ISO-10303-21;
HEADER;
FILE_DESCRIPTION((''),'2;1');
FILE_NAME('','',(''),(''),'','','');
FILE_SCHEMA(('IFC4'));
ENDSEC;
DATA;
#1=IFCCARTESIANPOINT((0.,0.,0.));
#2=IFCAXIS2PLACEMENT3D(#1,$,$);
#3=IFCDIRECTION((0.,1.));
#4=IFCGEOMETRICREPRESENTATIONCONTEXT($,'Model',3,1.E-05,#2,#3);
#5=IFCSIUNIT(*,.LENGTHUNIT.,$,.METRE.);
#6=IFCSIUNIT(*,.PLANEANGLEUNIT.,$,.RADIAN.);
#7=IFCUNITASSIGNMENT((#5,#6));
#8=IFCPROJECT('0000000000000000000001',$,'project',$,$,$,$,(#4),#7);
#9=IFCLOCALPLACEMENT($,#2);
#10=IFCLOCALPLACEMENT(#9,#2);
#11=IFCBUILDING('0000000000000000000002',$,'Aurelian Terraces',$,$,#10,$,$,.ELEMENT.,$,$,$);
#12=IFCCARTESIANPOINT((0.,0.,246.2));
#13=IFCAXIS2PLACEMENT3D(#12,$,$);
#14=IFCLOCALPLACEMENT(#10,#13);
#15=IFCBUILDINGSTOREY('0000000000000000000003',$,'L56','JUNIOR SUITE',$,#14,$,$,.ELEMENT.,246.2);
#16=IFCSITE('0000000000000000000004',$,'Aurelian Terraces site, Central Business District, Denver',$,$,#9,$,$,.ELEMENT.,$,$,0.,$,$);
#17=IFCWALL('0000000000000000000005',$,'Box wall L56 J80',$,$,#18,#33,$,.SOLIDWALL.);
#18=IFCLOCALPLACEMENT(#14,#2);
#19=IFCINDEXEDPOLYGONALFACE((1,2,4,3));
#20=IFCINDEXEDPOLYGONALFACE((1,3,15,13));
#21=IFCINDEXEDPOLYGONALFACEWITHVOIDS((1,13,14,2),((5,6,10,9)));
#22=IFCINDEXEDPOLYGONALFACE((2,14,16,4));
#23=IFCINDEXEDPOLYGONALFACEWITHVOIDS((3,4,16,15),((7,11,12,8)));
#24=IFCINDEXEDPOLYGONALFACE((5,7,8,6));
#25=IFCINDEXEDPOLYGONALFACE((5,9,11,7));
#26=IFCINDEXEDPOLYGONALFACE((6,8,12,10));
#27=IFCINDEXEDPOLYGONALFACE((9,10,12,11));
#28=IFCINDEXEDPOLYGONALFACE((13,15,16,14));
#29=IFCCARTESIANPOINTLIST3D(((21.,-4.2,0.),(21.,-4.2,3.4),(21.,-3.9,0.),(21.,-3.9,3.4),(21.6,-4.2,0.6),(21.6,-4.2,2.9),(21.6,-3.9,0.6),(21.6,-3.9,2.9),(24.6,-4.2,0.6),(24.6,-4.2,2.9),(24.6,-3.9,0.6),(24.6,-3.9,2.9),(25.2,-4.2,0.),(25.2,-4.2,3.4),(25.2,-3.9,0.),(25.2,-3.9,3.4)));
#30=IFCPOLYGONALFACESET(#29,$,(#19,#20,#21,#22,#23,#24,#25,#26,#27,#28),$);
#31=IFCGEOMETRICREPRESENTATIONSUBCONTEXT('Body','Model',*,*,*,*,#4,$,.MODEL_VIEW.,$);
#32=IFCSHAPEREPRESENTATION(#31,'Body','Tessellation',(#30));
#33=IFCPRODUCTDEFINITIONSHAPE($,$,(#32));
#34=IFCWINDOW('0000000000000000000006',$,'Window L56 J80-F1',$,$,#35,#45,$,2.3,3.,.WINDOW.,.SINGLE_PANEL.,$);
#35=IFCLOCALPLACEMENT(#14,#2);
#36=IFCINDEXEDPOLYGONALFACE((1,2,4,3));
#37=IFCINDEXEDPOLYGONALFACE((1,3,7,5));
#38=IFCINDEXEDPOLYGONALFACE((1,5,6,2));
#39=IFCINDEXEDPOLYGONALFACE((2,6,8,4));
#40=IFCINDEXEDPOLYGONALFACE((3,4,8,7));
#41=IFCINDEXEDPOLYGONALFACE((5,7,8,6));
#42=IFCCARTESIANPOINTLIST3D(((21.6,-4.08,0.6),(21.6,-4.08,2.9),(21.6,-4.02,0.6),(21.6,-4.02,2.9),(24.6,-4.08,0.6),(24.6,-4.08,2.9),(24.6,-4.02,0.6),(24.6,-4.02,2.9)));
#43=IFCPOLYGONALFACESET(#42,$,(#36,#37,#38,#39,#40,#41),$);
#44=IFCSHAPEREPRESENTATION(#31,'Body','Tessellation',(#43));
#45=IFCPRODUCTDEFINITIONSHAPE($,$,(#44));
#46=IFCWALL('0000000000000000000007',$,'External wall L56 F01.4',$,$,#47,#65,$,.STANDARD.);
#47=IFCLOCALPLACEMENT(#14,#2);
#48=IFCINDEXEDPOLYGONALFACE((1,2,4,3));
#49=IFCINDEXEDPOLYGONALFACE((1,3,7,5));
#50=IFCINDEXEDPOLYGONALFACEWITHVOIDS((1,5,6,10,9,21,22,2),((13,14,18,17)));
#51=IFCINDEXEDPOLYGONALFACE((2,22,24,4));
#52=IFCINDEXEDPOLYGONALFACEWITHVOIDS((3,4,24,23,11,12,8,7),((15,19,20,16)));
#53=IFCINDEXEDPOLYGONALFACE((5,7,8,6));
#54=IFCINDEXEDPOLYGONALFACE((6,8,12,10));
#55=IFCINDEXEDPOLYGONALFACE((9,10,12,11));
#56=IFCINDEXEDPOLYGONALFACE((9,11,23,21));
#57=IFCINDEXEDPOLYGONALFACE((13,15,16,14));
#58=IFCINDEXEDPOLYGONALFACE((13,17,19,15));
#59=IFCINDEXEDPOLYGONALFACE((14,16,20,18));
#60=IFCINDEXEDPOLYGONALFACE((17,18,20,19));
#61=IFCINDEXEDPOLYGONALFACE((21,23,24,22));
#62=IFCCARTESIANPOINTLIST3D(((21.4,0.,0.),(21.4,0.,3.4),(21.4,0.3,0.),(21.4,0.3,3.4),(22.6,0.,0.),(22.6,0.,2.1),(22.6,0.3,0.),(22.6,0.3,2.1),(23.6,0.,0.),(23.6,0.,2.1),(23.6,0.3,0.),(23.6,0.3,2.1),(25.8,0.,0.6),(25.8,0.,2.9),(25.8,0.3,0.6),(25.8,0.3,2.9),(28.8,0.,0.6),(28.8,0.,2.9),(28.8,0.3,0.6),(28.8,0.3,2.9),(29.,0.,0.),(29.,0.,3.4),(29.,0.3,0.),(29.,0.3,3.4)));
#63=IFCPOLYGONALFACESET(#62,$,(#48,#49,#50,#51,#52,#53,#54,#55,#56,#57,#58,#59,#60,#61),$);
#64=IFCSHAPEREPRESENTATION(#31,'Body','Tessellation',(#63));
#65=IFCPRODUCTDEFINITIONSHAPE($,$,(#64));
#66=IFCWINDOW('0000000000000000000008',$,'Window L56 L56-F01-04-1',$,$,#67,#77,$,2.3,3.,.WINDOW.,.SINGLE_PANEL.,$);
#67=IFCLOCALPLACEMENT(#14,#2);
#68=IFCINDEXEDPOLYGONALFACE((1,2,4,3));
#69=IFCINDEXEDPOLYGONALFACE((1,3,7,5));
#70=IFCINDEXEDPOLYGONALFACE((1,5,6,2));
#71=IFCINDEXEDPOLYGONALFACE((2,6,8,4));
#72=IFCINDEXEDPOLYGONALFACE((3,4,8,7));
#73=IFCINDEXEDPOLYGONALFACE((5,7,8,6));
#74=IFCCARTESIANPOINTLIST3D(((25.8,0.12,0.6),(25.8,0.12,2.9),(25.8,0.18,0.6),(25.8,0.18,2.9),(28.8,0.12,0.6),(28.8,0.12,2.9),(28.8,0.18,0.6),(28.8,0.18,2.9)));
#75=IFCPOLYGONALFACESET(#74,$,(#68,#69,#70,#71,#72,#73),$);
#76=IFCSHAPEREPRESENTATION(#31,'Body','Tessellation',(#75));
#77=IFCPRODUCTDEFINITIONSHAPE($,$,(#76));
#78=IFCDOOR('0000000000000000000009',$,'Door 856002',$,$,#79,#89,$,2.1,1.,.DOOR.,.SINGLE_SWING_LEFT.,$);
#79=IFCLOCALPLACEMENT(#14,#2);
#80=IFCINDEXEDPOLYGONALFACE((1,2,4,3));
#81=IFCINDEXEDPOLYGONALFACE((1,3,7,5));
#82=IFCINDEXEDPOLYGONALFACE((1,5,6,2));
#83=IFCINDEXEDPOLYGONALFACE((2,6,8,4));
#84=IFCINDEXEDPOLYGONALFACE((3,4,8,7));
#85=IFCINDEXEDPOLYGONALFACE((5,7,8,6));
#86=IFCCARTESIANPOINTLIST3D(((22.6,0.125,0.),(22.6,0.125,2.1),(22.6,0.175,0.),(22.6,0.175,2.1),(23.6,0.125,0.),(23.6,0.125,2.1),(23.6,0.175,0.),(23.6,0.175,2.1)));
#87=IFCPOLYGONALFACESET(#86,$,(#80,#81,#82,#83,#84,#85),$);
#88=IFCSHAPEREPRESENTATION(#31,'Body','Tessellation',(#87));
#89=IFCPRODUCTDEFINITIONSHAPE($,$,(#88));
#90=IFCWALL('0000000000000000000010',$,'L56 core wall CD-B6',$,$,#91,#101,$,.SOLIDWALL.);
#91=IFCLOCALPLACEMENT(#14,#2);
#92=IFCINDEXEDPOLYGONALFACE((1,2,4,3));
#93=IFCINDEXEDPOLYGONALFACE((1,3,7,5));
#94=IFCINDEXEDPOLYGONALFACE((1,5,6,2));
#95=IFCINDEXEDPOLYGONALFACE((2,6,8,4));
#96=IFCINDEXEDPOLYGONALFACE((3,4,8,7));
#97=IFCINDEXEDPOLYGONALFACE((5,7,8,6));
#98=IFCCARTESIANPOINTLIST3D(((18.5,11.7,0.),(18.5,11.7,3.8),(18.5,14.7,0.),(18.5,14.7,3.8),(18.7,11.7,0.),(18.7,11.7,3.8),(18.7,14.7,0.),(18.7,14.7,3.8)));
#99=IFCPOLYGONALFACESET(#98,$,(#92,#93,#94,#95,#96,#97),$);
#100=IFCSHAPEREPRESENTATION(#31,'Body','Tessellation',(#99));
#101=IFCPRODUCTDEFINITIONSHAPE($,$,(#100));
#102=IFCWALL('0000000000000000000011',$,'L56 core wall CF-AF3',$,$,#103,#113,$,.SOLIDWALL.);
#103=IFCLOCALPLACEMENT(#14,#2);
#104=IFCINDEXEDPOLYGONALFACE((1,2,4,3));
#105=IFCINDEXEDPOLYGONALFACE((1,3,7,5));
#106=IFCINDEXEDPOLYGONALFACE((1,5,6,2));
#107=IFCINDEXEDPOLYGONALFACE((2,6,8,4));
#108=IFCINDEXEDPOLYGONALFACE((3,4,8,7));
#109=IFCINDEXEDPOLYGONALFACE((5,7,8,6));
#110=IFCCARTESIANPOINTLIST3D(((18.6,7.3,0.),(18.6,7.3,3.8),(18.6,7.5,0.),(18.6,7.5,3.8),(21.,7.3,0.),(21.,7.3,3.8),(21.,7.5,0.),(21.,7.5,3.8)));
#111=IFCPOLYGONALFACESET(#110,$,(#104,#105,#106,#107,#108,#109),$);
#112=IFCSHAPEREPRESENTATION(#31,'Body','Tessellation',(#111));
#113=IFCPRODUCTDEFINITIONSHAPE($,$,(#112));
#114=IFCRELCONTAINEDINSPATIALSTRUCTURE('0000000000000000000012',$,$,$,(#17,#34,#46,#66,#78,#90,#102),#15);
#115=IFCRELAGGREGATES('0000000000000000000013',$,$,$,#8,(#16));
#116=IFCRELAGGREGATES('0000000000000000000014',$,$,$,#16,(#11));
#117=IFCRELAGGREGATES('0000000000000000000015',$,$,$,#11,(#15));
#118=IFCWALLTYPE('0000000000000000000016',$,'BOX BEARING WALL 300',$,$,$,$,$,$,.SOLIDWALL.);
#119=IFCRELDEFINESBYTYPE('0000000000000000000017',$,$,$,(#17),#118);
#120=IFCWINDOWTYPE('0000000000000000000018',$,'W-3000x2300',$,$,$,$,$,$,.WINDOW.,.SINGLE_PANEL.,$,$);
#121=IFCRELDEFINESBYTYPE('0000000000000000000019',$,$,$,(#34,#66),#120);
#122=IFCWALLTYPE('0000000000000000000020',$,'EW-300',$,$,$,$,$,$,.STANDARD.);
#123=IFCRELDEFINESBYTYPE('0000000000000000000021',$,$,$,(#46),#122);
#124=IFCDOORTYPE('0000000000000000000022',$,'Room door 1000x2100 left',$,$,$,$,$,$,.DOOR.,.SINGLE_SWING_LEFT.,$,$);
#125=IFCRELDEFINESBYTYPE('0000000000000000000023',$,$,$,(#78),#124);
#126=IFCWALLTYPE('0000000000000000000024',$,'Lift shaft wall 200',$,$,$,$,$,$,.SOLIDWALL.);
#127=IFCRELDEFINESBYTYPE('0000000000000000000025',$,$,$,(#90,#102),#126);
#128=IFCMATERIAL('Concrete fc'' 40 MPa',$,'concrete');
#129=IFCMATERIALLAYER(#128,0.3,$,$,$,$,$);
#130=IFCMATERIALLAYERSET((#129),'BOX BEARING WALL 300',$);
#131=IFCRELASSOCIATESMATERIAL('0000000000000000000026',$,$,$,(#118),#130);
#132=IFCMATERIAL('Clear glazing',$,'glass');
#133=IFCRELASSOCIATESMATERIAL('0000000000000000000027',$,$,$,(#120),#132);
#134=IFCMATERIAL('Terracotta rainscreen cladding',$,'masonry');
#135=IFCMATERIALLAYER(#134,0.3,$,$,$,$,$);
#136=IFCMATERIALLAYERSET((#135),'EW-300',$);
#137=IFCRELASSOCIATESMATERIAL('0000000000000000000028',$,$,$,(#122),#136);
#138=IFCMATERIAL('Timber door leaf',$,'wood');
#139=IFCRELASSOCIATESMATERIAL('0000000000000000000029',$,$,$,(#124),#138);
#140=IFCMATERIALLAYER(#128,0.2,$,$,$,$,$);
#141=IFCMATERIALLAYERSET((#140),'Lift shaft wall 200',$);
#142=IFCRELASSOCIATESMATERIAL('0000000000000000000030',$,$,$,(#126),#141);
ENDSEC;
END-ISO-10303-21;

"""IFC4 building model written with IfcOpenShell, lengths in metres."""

from ifc_helpers import new_model, si_unit, direction, frame, frame_2d, origin, place, context, subcontext, project, spatial, rectangle, extrude, source, transform, mapped, material, layer, layer_set, type_object, element, fill, save


model = new_model("IFC4")

# Units and contexts
model_context = context("Model", 3, precision=1e-05, world=origin(), true_north=direction((0.0, 1.0)))
body_context = subcontext(model_context, "Body", "Model", "MODEL_VIEW")
ifc_project = project(units=[si_unit("LENGTHUNIT", "METRE"), si_unit("PLANEANGLEUNIT", "RADIAN")], contexts=[model_context])

# Site, building, storey
site_placement = place(None, origin())
site = spatial("IfcSite", under=ifc_project, at=site_placement, Name="Aurelian Terraces site, Central Business District, Denver", CompositionType="ELEMENT", RefElevation=0.0)
building_placement = place(site_placement, origin())
building = spatial("IfcBuilding", under=site, at=building_placement, Name="Aurelian Terraces", CompositionType="ELEMENT")
storey_placement = place(building_placement, frame((0.0, 0.0, 246.2)))
storey = spatial("IfcBuildingStorey", under=building, at=storey_placement, Name="L56", Description="JUNIOR SUITE", CompositionType="ELEMENT", Elevation=246.2)

# Wall, opening, window
ifc_material_1 = material(Name="Concrete fc' 40 MPa", Category="concrete")
ifc_material_2 = material(Name="Clear glazing", Category="glass")
ifc_layer_1 = layer(ifc_material_1, 0.3)
ifc_layer_set_1 = layer_set([ifc_layer_1], Name="BOX BEARING WALL 300")
wall_type_1 = type_object("IfcWallType", Name="BOX BEARING WALL 300", PredefinedType="SOLIDWALL", material=ifc_layer_set_1)
shared_shape_1 = source(origin(), body_context, "Body", "SweptSolid", [
    extrude(rectangle(XDim=4.2, YDim=0.3, at=frame_2d((2.1, 0.0))), origin(), (0.0, 0.0, 1.0), 3.4),
])
wall_1_placement = place(storey_placement, frame((21.0, -4.05, 0.0), z_axis=(0.0, 0.0, 1.0), x_axis=(1.0, 0.0, 0.0)))
wall_1 = element("IfcWall", 1, at=wall_1_placement, inside=storey, type_object=wall_type_1, Name="Box wall L56 J80", PredefinedType="SOLIDWALL", context=body_context, shape_type="MappedRepresentation", body=[
    mapped(shared_shape_1, transform((0.0, 0.0, 0.0), scale=1.0)),
])
shared_shape_2 = source(origin(), body_context, "Body", "SweptSolid", [
    extrude(rectangle(XDim=3.0, YDim=2.3, at=frame_2d((1.5, 1.15))), frame((0.0, 0.16, 0.0), z_axis=(0.0, -1.0, 0.0), x_axis=(1.0, 0.0, 0.0)), (0.0, 0.0, 1.0), 0.32),
])
opening_1_placement = place(wall_1_placement, frame((0.6, 0.0, 0.6)))
opening_1 = element("IfcOpeningElement", 2, at=opening_1_placement, cuts=wall_1, PredefinedType="OPENING", context=body_context, shape_type="MappedRepresentation", body=[
    mapped(shared_shape_2, transform((0.0, 0.0, 0.0), scale=1.0)),
])
window_type_1 = type_object("IfcWindowType", Name="W-3000x2300", PartitioningType="SINGLE_PANEL", PredefinedType="WINDOW", material=ifc_material_2)
shared_shape_3 = source(origin(), body_context, "Body", "SweptSolid", [
    extrude(rectangle(XDim=3.0, YDim=2.3, at=frame_2d((1.5, 1.15))), frame((0.0, 0.03, 0.0), z_axis=(0.0, -1.0, 0.0), x_axis=(1.0, 0.0, 0.0)), (0.0, 0.0, 1.0), 0.06),
])
window_1_placement = place(opening_1_placement, origin())
window_1 = element("IfcWindow", 3, at=window_1_placement, inside=storey, type_object=window_type_1, Name="Window L56 J80-F1", OverallHeight=2.3, OverallWidth=3.0, PartitioningType="SINGLE_PANEL", PredefinedType="WINDOW", context=body_context, shape_type="MappedRepresentation", body=[
    mapped(shared_shape_3, transform((0.0, 0.0, 0.0), scale=1.0)),
])
fill(opening_1, window_1)

# Wall, openings, window, door
ifc_material_3 = material(Name="Terracotta rainscreen cladding", Category="masonry")
ifc_layer_2 = layer(ifc_material_3, 0.3)
ifc_layer_set_2 = layer_set([ifc_layer_2], Name="EW-300")
wall_type_2 = type_object("IfcWallType", Name="EW-300", PredefinedType="STANDARD", material=ifc_layer_set_2)
shared_shape_4 = source(origin(), body_context, "Body", "SweptSolid", [
    extrude(rectangle(XDim=7.6, YDim=0.3, at=frame_2d((3.8, 0.0))), origin(), (0.0, 0.0, 1.0), 3.4),
])
wall_2_placement = place(storey_placement, frame((21.4, 0.15, 0.0), z_axis=(0.0, 0.0, 1.0), x_axis=(1.0, 0.0, 0.0)))
wall_2 = element("IfcWall", 4, at=wall_2_placement, inside=storey, type_object=wall_type_2, Name="External wall L56 F01.4", PredefinedType="STANDARD", context=body_context, shape_type="MappedRepresentation", body=[
    mapped(shared_shape_4, transform((0.0, 0.0, 0.0), scale=1.0)),
])
opening_2_placement = place(wall_2_placement, frame((4.4, 0.0, 0.6)))
opening_2 = element("IfcOpeningElement", 5, at=opening_2_placement, cuts=wall_2, PredefinedType="OPENING", context=body_context, shape_type="MappedRepresentation", body=[
    mapped(shared_shape_2, transform((0.0, 0.0, 0.0), scale=1.0)),
])
shared_shape_5 = source(origin(), body_context, "Body", "SweptSolid", [
    extrude(rectangle(XDim=1.0, YDim=2.1, at=frame_2d((0.5, 1.05))), frame((0.0, 0.16, 0.0), z_axis=(0.0, -1.0, 0.0), x_axis=(1.0, 0.0, 0.0)), (0.0, 0.0, 1.0), 0.32),
])
opening_3_placement = place(wall_2_placement, frame((1.2, 0.0, 0.0)))
opening_3 = element("IfcOpeningElement", 6, at=opening_3_placement, cuts=wall_2, PredefinedType="OPENING", context=body_context, shape_type="MappedRepresentation", body=[
    mapped(shared_shape_5, transform((0.0, 0.0, 0.0), scale=1.0)),
])
window_2_placement = place(opening_2_placement, origin())
window_2 = element("IfcWindow", 7, at=window_2_placement, inside=storey, type_object=window_type_1, Name="Window L56 L56-F01-04-1", OverallHeight=2.3, OverallWidth=3.0, PartitioningType="SINGLE_PANEL", PredefinedType="WINDOW", context=body_context, shape_type="MappedRepresentation", body=[
    mapped(shared_shape_3, transform((0.0, 0.0, 0.0), scale=1.0)),
])
fill(opening_2, window_2)
ifc_material_4 = material(Name="Timber door leaf", Category="wood")
door_type_1 = type_object("IfcDoorType", Name="Room door 1000x2100 left", OperationType="SINGLE_SWING_LEFT", PredefinedType="DOOR", material=ifc_material_4)
shared_shape_6 = source(origin(), body_context, "Body", "SweptSolid", [
    extrude(rectangle(XDim=1.0, YDim=2.1, at=frame_2d((0.5, 1.05))), frame((0.0, 0.025, 0.0), z_axis=(0.0, -1.0, 0.0), x_axis=(1.0, 0.0, 0.0)), (0.0, 0.0, 1.0), 0.05),
])
door_1_placement = place(opening_3_placement, origin())
door_1 = element("IfcDoor", 8, at=door_1_placement, inside=storey, type_object=door_type_1, Name="Door 856002", OperationType="SINGLE_SWING_LEFT", OverallHeight=2.1, OverallWidth=1.0, PredefinedType="DOOR", context=body_context, shape_type="MappedRepresentation", body=[
    mapped(shared_shape_6, transform((0.0, 0.0, 0.0), scale=1.0)),
])
fill(opening_3, door_1)

# Walls
ifc_layer_3 = layer(ifc_material_1, 0.2)
ifc_layer_set_3 = layer_set([ifc_layer_3], Name="Lift shaft wall 200")
wall_type_3 = type_object("IfcWallType", Name="Lift shaft wall 200", PredefinedType="SOLIDWALL", material=ifc_layer_set_3)
shared_shape_7 = source(origin(), body_context, "Body", "SweptSolid", [
    extrude(rectangle(XDim=3.0, YDim=0.2, at=frame_2d((1.5, 0.0))), origin(), (0.0, 0.0, 1.0), 3.8),
])
wall_3_placement = place(storey_placement, frame((18.6, 11.7, 0.0), z_axis=(0.0, 0.0, 1.0), x_axis=(0.0, 1.0, 0.0)))
element("IfcWall", 9, at=wall_3_placement, inside=storey, type_object=wall_type_3, Name="L56 core wall CD-B6", PredefinedType="SOLIDWALL", context=body_context, shape_type="MappedRepresentation", body=[
    mapped(shared_shape_7, transform((0.0, 0.0, 0.0), scale=1.0)),
])
shared_shape_8 = source(origin(), body_context, "Body", "SweptSolid", [
    extrude(rectangle(XDim=2.4, YDim=0.2, at=frame_2d((1.2, 0.0))), origin(), (0.0, 0.0, 1.0), 3.8),
])
wall_4_placement = place(storey_placement, frame((18.6, 7.4, 0.0), z_axis=(0.0, 0.0, 1.0), x_axis=(1.0, 0.0, 0.0)))
element("IfcWall", 10, at=wall_4_placement, inside=storey, type_object=wall_type_3, Name="L56 core wall CF-AF3", PredefinedType="SOLIDWALL", context=body_context, shape_type="MappedRepresentation", body=[
    mapped(shared_shape_8, transform((0.0, 0.0, 0.0), scale=1.0)),
])

save(model, "model.ifc")
